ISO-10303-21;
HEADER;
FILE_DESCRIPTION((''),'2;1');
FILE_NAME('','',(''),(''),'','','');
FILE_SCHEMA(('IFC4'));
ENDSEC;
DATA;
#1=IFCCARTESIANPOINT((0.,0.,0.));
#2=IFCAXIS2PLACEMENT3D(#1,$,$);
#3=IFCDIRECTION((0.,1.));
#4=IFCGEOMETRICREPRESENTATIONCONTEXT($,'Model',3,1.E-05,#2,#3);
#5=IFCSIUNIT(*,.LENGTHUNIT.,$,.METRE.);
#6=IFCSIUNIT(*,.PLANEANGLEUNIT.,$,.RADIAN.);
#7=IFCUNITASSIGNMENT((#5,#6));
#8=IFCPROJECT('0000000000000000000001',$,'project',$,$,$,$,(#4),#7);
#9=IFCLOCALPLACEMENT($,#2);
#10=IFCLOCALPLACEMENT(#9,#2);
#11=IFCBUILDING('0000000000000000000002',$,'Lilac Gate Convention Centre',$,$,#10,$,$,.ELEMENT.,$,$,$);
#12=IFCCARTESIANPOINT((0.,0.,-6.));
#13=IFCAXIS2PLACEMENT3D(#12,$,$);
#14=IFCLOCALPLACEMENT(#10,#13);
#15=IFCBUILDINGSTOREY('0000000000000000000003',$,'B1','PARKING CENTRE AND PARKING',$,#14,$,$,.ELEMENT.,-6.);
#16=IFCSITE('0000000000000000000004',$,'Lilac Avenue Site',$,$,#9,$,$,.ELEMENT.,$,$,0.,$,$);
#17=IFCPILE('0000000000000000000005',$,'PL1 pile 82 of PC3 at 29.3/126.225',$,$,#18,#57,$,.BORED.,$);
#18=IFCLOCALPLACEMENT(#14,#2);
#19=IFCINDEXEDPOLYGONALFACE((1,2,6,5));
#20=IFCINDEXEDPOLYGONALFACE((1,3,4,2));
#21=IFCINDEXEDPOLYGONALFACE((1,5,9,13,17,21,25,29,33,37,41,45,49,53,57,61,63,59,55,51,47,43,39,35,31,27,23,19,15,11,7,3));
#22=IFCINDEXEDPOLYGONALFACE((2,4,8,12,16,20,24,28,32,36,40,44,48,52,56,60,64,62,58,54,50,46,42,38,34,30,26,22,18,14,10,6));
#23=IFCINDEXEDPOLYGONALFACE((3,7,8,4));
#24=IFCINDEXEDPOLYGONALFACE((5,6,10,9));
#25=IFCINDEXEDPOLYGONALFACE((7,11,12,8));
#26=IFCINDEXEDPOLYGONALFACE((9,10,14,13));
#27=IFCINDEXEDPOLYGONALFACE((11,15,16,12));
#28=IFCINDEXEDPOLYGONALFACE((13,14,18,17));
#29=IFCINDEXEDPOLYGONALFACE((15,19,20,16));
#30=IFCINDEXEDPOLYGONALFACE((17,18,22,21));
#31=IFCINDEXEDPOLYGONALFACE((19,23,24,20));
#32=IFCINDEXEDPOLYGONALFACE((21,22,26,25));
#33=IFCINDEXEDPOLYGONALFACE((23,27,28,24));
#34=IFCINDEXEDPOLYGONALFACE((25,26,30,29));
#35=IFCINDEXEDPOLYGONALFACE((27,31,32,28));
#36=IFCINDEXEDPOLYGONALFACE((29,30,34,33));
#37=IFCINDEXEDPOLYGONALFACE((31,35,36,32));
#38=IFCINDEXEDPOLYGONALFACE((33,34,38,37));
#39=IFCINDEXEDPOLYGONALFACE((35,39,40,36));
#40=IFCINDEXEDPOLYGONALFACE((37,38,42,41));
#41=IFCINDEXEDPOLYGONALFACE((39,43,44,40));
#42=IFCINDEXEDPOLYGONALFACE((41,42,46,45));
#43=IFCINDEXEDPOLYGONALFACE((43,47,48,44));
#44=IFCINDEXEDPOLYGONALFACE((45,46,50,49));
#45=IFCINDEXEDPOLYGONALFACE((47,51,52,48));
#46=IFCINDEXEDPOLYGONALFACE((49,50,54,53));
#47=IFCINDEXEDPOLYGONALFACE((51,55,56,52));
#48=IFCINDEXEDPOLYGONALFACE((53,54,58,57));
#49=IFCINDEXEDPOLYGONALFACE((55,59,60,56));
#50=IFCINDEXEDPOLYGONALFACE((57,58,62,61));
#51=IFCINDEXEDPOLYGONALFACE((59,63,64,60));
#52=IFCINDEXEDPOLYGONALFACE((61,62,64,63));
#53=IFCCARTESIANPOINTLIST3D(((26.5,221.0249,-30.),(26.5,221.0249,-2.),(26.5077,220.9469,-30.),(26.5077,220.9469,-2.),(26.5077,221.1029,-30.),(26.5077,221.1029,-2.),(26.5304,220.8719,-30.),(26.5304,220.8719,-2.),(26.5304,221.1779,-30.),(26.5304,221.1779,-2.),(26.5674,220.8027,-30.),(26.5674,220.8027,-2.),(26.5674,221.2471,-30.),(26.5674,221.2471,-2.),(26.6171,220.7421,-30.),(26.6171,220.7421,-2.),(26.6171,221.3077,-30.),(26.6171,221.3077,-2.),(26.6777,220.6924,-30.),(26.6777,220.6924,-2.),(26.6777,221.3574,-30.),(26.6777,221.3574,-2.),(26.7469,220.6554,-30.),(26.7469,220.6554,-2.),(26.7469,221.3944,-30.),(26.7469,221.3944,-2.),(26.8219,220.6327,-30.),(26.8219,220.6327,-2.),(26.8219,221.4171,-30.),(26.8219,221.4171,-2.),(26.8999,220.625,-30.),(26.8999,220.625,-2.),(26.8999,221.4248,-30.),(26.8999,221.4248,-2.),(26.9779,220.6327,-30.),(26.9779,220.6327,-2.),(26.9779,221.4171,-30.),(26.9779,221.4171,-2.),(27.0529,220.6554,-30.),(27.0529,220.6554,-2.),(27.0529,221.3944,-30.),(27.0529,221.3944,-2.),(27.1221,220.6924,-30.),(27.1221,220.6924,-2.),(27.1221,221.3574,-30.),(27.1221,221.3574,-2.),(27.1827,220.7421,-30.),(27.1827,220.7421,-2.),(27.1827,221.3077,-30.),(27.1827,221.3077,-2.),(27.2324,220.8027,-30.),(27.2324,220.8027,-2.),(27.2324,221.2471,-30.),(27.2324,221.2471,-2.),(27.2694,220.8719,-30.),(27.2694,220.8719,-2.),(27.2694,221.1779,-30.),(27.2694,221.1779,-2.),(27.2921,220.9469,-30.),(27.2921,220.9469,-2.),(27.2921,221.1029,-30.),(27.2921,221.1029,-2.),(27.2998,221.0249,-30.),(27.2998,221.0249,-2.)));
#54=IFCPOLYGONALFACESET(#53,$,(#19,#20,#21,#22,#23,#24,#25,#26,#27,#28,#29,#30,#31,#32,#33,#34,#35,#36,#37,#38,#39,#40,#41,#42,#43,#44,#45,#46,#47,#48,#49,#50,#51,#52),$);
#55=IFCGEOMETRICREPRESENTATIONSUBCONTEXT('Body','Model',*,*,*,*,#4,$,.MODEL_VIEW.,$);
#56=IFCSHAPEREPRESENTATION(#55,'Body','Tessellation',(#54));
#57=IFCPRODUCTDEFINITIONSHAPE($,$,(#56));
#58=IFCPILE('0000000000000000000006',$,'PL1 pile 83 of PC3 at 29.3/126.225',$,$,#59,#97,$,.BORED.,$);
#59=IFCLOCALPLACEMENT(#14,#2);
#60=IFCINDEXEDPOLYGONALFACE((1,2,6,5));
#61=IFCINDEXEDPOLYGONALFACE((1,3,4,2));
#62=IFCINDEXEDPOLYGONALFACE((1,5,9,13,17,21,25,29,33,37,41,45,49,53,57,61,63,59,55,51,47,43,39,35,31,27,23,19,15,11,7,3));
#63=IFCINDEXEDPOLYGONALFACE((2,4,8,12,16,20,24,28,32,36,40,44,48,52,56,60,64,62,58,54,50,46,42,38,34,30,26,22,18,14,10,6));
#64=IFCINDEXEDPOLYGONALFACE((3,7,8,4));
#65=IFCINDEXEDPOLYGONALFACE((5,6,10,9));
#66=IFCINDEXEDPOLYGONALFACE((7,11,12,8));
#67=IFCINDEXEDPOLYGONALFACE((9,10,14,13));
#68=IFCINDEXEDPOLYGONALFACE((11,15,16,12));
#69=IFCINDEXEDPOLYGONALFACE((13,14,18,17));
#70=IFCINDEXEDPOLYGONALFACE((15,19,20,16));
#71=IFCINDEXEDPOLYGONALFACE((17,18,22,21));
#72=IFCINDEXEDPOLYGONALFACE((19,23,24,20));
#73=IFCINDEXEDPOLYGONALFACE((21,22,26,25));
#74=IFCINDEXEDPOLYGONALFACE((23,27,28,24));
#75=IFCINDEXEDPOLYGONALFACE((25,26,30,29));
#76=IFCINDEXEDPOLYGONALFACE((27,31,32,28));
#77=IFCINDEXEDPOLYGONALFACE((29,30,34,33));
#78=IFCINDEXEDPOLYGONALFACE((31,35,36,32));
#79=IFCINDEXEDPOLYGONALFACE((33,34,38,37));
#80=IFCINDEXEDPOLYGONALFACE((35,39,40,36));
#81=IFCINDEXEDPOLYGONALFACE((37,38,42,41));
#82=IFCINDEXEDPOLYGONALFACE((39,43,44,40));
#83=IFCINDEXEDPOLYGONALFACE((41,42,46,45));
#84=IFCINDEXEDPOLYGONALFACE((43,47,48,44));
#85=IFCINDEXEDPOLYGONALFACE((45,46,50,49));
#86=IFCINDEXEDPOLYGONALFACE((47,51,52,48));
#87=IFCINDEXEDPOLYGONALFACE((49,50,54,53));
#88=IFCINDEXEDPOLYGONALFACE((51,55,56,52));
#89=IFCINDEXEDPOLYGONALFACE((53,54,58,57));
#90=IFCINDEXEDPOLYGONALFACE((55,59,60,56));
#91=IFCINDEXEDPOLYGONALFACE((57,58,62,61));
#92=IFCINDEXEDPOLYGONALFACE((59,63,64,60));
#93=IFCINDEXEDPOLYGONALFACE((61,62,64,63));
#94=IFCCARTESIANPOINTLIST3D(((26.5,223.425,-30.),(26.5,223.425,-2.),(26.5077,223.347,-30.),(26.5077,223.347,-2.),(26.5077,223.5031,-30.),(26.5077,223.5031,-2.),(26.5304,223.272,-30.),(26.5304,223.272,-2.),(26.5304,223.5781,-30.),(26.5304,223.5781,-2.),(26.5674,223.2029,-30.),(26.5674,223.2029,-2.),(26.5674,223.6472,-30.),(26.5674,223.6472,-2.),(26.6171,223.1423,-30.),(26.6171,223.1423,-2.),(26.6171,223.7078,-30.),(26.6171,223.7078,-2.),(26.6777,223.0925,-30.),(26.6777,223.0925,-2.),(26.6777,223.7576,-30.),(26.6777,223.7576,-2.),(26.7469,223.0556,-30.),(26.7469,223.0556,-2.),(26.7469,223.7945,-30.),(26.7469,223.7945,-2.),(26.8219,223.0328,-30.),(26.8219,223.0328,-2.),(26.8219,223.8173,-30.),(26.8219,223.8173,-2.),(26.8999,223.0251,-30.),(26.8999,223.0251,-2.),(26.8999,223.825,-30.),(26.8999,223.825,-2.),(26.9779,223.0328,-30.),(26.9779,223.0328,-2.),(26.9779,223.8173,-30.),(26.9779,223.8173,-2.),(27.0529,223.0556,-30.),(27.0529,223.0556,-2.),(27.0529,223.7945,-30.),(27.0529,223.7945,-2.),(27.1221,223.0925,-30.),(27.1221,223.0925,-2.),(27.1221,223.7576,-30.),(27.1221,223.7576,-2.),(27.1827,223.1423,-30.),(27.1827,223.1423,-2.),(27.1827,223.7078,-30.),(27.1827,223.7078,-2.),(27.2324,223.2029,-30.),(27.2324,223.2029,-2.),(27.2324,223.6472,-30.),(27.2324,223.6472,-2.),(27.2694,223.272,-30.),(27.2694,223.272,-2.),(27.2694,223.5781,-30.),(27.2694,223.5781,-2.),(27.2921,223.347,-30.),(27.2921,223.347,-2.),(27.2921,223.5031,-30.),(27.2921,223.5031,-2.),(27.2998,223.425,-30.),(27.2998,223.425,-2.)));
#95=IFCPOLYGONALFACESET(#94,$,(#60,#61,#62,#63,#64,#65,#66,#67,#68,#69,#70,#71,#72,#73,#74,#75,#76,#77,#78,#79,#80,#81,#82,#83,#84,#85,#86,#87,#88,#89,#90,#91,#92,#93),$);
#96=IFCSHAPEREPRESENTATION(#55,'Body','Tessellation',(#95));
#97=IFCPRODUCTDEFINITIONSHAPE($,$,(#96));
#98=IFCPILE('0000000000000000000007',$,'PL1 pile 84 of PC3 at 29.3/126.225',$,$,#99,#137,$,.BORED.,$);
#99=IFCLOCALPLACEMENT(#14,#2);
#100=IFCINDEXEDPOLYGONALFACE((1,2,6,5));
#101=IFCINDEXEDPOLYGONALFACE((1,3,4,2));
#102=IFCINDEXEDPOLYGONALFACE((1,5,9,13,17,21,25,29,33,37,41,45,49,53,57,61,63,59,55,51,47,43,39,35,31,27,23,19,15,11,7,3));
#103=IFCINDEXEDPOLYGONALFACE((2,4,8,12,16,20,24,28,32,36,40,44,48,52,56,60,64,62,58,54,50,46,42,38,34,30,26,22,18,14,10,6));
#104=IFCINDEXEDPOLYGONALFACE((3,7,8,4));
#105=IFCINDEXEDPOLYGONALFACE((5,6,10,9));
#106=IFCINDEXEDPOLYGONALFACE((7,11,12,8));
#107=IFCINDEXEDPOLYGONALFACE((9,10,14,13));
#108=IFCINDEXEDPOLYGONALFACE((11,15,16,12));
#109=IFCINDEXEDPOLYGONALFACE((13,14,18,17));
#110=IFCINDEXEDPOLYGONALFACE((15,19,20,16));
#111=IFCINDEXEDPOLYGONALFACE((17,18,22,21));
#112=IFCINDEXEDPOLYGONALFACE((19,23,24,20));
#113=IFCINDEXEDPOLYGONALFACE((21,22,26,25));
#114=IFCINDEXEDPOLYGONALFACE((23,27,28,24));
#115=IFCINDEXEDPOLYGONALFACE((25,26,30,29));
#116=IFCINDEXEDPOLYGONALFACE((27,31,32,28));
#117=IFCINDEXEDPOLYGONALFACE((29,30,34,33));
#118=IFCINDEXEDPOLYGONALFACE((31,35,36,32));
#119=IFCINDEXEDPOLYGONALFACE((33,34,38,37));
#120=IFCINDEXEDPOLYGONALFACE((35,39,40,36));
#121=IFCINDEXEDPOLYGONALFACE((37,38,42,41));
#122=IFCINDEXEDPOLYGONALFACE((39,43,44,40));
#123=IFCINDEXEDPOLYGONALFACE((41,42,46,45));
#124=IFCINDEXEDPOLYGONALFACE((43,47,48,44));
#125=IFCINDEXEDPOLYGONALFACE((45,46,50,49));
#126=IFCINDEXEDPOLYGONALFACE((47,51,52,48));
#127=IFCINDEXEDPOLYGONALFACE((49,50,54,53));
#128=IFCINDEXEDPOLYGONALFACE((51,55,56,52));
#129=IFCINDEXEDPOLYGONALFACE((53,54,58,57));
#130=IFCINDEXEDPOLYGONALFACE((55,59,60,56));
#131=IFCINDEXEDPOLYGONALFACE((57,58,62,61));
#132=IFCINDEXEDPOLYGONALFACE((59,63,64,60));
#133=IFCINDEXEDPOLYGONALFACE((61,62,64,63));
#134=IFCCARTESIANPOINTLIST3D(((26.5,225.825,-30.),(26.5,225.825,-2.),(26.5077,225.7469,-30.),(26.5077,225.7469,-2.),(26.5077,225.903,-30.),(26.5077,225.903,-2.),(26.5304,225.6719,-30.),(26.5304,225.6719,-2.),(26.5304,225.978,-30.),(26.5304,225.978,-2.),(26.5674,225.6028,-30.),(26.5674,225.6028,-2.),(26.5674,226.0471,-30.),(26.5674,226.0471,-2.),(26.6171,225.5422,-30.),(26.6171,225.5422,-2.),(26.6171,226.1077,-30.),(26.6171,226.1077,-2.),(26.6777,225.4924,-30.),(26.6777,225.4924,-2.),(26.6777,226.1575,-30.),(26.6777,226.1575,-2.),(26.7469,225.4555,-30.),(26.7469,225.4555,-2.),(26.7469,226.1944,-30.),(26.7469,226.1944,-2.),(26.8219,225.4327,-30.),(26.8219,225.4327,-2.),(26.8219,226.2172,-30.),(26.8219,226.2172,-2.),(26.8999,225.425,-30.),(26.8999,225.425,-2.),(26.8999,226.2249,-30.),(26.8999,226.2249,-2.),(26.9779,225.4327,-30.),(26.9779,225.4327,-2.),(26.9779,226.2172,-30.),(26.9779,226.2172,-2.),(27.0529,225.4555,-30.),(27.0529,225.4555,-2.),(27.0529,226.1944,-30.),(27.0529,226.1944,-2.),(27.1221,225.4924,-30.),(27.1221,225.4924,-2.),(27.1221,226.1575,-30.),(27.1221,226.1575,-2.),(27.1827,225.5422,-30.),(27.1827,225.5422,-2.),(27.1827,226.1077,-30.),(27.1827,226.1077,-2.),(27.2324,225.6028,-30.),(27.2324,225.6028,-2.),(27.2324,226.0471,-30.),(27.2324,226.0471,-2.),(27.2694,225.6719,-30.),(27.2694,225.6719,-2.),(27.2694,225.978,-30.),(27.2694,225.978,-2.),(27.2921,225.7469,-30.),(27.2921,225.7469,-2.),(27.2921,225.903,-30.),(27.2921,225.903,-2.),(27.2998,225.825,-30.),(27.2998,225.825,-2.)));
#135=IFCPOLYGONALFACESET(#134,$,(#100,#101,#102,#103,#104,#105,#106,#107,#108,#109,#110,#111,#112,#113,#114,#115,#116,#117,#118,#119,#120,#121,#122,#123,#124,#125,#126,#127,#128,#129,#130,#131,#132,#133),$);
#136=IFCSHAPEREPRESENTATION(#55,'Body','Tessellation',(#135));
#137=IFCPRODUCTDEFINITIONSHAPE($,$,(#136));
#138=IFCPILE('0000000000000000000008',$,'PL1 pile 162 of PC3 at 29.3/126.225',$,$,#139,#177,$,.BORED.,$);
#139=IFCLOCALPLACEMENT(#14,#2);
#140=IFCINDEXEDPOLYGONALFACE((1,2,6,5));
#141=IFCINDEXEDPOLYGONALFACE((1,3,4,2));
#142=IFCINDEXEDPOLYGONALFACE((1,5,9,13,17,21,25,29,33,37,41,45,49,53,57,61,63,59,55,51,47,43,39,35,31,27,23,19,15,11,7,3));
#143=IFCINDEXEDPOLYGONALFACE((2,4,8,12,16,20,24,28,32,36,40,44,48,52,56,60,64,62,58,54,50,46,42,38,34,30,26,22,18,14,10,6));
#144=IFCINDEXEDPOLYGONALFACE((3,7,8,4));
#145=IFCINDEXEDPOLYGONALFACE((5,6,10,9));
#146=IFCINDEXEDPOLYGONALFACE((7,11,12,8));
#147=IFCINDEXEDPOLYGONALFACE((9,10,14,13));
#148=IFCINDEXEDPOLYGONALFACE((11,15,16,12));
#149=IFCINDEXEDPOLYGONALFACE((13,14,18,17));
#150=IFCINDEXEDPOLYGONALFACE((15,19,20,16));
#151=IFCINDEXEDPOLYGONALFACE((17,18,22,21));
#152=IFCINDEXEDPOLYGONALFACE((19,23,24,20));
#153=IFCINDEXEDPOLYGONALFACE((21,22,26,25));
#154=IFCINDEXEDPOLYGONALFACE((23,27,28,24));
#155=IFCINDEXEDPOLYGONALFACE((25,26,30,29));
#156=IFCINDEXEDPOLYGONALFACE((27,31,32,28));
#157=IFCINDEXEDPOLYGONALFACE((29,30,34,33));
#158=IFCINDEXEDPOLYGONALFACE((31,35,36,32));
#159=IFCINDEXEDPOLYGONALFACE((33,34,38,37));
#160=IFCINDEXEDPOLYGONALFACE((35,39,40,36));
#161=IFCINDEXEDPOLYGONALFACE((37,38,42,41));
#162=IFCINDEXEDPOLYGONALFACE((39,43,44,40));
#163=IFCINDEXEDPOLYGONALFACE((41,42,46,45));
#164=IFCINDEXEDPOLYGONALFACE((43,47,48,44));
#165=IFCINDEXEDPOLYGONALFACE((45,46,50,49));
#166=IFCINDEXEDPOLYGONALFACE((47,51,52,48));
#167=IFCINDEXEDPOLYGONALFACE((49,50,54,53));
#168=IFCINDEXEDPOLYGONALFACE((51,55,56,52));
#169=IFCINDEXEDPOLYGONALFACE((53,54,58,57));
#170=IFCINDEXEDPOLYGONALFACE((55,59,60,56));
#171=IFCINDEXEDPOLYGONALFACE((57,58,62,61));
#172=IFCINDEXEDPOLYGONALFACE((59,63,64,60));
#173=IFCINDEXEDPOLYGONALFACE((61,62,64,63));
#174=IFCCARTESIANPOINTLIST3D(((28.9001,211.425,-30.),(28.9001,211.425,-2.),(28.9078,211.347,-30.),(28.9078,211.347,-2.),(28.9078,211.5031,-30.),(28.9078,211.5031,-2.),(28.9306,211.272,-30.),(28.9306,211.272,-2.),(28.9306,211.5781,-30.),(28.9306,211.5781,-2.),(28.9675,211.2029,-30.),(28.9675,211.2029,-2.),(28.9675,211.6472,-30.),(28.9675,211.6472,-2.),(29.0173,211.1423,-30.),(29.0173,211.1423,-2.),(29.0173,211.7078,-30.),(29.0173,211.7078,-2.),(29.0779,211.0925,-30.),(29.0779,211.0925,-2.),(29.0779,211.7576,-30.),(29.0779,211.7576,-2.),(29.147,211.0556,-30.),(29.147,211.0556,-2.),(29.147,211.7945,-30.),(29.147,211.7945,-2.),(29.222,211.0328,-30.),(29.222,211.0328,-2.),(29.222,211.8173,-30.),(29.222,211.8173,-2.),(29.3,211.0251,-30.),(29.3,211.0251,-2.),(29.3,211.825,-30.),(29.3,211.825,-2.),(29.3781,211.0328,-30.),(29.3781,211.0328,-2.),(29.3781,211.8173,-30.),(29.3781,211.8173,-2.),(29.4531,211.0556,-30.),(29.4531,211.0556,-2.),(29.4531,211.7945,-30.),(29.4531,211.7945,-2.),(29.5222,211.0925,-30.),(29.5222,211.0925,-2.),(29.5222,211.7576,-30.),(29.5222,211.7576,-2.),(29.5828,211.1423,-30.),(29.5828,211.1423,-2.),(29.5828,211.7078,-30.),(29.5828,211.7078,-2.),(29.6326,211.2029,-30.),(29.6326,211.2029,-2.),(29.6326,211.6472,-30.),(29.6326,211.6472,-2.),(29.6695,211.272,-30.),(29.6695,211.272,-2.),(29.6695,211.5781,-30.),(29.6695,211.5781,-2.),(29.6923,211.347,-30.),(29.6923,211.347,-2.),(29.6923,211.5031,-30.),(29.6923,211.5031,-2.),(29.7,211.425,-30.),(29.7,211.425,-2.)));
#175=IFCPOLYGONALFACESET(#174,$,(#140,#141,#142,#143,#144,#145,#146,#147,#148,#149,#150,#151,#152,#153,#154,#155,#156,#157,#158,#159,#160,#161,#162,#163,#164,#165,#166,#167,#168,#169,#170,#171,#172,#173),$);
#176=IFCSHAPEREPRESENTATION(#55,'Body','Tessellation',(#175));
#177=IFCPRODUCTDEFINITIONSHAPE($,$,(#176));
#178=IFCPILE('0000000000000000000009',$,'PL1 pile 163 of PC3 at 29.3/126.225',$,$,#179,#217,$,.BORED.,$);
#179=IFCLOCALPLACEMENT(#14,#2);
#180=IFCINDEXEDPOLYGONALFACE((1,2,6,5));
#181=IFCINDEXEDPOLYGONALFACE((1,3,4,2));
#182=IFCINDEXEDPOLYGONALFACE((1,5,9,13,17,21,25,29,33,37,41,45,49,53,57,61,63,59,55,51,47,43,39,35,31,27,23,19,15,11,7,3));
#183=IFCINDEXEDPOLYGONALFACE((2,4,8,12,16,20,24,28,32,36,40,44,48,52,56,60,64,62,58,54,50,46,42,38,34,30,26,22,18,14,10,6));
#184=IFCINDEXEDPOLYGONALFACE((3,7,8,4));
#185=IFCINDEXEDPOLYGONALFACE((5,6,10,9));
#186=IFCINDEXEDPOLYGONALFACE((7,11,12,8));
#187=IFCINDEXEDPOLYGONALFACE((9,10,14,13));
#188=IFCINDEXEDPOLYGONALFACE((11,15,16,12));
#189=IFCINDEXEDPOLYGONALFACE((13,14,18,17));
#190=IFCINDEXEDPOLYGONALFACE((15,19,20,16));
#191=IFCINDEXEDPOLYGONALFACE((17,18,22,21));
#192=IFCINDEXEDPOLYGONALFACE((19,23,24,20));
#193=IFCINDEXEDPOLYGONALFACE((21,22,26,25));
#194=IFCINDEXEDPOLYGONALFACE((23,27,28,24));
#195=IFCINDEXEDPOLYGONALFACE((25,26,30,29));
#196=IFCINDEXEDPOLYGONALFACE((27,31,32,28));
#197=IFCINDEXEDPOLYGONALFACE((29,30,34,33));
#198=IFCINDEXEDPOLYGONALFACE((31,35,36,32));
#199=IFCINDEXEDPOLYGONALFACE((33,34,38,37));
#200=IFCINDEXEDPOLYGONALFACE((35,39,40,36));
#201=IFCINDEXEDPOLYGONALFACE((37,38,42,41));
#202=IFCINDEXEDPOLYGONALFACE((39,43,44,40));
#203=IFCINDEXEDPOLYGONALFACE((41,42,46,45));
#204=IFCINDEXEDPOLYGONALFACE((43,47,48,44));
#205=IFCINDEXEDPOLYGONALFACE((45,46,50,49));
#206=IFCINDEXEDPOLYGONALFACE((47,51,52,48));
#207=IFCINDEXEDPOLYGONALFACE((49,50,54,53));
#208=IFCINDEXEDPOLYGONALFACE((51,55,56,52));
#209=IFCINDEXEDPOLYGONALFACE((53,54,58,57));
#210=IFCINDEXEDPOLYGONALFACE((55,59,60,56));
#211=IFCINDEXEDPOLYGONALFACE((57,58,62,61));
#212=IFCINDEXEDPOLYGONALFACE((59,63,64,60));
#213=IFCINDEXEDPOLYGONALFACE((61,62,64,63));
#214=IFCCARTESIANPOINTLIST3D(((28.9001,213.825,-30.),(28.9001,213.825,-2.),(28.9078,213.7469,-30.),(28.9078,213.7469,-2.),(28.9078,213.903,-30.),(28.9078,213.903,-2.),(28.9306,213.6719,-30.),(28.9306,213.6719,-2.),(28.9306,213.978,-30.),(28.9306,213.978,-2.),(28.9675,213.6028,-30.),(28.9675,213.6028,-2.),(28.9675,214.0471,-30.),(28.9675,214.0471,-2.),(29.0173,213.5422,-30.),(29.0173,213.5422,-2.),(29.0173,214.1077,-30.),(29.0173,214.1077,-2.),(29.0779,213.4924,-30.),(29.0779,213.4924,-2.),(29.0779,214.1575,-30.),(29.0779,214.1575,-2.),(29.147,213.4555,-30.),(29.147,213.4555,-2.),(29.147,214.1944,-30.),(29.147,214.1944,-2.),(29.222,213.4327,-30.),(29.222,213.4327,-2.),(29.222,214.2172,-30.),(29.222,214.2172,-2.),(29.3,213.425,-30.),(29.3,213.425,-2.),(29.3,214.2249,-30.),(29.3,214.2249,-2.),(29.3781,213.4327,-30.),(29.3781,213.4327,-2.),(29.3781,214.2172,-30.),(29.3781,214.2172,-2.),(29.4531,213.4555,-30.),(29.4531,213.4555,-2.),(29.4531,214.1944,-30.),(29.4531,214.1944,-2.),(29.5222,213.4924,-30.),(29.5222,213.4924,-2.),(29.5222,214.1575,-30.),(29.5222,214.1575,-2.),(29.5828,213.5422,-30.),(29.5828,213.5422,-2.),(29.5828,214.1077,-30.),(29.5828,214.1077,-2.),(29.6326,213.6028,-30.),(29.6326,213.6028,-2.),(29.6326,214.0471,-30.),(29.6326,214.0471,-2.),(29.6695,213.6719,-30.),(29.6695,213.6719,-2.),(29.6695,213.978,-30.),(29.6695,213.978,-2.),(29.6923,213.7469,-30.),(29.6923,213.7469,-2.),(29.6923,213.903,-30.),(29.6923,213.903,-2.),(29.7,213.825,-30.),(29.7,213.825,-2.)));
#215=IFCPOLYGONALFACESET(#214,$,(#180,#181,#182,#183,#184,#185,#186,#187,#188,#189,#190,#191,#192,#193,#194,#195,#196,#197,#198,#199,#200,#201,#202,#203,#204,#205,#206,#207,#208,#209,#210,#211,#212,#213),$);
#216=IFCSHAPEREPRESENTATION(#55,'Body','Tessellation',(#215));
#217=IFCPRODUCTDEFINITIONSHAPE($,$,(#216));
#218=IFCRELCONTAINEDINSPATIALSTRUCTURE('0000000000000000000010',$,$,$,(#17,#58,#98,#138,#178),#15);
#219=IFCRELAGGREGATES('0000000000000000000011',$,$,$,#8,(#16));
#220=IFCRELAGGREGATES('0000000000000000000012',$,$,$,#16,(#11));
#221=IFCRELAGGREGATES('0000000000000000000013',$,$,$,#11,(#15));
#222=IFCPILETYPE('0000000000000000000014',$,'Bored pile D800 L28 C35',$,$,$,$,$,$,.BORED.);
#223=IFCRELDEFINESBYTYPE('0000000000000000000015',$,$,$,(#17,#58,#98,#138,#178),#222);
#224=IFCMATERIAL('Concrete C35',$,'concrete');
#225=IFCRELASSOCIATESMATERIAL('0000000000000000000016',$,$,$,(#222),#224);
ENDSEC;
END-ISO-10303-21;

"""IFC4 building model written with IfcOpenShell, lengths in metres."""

from ifc_helpers import new_model, si_unit, direction, frame, origin, origin_2d, place, context, subcontext, project, spatial, circle, extrude, material, material_profile, profile_set, type_object, element, save


model = new_model("IFC4")

# Units and contexts
model_context = context("Model", 3, precision=1e-05, world=origin(), true_north=direction((0.0, 1.0)))
body_context = subcontext(model_context, "Body", "Model", "MODEL_VIEW")
ifc_project = project(units=[si_unit("LENGTHUNIT", "METRE"), si_unit("PLANEANGLEUNIT", "RADIAN")], contexts=[model_context])

# Site, building, storey
site_placement = place(None, origin())
site = spatial("IfcSite", under=ifc_project, at=site_placement, Name="Lilac Avenue Site", CompositionType="ELEMENT", RefElevation=0.0)
building_placement = place(site_placement, origin())
building = spatial("IfcBuilding", under=site, at=building_placement, Name="Lilac Gate Convention Centre", CompositionType="ELEMENT")
storey_placement = place(building_placement, frame((0.0, 0.0, -6.0)))
storey = spatial("IfcBuildingStorey", under=building, at=storey_placement, Name="B1", Description="PARKING CENTRE AND PARKING", CompositionType="ELEMENT", Elevation=-6.0)

# Piles
ifc_material_1 = material(Name="Concrete C35", Category="concrete")
ifc_material_profile_1 = material_profile(ifc_material_1, circle(Radius=0.3999, at=origin_2d()), Name="D800")
ifc_profile_set_1 = profile_set([ifc_material_profile_1], Name="Concrete C35")
pile_type_1 = type_object("IfcPileType", Name="Bored pile D800 L28 C35", PredefinedType="BORED", material=ifc_profile_set_1)
for number, where, z_axis, x_axis, name in (
    (1, (26.8999, 221.0249, -2.0), (0.0, 0.0, -1.0), (1.0, 0.0, 0.0), "PL1 pile 82 of PC3 at 29.3/126.225"),
    (2, (26.8999, 223.425, -2.0), (0.0, 0.0, -1.0), (1.0, 0.0, 0.0), "PL1 pile 83 of PC3 at 29.3/126.225"),
    (3, (26.8999, 225.825, -2.0), (0.0, 0.0, -1.0), (1.0, 0.0, 0.0), "PL1 pile 84 of PC3 at 29.3/126.225"),
    (4, (29.3, 211.425, -2.0), (0.0, 0.0, -1.0), (1.0, 0.0, 0.0), "PL1 pile 162 of PC3 at 29.3/126.225"),
    (5, (29.3, 213.825, -2.0), (0.0, 0.0, -1.0), (1.0, 0.0, 0.0), "PL1 pile 163 of PC3 at 29.3/126.225"),
):
    element("IfcPile", number, at=place(storey_placement, frame(where, z_axis=z_axis, x_axis=x_axis)), inside=storey, type_object=pile_type_1, Name=name, PredefinedType="BORED", context=body_context, shape_type="SweptSolid", body=[
        extrude(circle(Radius=0.3999, at=origin_2d()), origin(), (0.0, 0.0, 1.0), 28.0),
    ])

save(model, "model.ifc")
